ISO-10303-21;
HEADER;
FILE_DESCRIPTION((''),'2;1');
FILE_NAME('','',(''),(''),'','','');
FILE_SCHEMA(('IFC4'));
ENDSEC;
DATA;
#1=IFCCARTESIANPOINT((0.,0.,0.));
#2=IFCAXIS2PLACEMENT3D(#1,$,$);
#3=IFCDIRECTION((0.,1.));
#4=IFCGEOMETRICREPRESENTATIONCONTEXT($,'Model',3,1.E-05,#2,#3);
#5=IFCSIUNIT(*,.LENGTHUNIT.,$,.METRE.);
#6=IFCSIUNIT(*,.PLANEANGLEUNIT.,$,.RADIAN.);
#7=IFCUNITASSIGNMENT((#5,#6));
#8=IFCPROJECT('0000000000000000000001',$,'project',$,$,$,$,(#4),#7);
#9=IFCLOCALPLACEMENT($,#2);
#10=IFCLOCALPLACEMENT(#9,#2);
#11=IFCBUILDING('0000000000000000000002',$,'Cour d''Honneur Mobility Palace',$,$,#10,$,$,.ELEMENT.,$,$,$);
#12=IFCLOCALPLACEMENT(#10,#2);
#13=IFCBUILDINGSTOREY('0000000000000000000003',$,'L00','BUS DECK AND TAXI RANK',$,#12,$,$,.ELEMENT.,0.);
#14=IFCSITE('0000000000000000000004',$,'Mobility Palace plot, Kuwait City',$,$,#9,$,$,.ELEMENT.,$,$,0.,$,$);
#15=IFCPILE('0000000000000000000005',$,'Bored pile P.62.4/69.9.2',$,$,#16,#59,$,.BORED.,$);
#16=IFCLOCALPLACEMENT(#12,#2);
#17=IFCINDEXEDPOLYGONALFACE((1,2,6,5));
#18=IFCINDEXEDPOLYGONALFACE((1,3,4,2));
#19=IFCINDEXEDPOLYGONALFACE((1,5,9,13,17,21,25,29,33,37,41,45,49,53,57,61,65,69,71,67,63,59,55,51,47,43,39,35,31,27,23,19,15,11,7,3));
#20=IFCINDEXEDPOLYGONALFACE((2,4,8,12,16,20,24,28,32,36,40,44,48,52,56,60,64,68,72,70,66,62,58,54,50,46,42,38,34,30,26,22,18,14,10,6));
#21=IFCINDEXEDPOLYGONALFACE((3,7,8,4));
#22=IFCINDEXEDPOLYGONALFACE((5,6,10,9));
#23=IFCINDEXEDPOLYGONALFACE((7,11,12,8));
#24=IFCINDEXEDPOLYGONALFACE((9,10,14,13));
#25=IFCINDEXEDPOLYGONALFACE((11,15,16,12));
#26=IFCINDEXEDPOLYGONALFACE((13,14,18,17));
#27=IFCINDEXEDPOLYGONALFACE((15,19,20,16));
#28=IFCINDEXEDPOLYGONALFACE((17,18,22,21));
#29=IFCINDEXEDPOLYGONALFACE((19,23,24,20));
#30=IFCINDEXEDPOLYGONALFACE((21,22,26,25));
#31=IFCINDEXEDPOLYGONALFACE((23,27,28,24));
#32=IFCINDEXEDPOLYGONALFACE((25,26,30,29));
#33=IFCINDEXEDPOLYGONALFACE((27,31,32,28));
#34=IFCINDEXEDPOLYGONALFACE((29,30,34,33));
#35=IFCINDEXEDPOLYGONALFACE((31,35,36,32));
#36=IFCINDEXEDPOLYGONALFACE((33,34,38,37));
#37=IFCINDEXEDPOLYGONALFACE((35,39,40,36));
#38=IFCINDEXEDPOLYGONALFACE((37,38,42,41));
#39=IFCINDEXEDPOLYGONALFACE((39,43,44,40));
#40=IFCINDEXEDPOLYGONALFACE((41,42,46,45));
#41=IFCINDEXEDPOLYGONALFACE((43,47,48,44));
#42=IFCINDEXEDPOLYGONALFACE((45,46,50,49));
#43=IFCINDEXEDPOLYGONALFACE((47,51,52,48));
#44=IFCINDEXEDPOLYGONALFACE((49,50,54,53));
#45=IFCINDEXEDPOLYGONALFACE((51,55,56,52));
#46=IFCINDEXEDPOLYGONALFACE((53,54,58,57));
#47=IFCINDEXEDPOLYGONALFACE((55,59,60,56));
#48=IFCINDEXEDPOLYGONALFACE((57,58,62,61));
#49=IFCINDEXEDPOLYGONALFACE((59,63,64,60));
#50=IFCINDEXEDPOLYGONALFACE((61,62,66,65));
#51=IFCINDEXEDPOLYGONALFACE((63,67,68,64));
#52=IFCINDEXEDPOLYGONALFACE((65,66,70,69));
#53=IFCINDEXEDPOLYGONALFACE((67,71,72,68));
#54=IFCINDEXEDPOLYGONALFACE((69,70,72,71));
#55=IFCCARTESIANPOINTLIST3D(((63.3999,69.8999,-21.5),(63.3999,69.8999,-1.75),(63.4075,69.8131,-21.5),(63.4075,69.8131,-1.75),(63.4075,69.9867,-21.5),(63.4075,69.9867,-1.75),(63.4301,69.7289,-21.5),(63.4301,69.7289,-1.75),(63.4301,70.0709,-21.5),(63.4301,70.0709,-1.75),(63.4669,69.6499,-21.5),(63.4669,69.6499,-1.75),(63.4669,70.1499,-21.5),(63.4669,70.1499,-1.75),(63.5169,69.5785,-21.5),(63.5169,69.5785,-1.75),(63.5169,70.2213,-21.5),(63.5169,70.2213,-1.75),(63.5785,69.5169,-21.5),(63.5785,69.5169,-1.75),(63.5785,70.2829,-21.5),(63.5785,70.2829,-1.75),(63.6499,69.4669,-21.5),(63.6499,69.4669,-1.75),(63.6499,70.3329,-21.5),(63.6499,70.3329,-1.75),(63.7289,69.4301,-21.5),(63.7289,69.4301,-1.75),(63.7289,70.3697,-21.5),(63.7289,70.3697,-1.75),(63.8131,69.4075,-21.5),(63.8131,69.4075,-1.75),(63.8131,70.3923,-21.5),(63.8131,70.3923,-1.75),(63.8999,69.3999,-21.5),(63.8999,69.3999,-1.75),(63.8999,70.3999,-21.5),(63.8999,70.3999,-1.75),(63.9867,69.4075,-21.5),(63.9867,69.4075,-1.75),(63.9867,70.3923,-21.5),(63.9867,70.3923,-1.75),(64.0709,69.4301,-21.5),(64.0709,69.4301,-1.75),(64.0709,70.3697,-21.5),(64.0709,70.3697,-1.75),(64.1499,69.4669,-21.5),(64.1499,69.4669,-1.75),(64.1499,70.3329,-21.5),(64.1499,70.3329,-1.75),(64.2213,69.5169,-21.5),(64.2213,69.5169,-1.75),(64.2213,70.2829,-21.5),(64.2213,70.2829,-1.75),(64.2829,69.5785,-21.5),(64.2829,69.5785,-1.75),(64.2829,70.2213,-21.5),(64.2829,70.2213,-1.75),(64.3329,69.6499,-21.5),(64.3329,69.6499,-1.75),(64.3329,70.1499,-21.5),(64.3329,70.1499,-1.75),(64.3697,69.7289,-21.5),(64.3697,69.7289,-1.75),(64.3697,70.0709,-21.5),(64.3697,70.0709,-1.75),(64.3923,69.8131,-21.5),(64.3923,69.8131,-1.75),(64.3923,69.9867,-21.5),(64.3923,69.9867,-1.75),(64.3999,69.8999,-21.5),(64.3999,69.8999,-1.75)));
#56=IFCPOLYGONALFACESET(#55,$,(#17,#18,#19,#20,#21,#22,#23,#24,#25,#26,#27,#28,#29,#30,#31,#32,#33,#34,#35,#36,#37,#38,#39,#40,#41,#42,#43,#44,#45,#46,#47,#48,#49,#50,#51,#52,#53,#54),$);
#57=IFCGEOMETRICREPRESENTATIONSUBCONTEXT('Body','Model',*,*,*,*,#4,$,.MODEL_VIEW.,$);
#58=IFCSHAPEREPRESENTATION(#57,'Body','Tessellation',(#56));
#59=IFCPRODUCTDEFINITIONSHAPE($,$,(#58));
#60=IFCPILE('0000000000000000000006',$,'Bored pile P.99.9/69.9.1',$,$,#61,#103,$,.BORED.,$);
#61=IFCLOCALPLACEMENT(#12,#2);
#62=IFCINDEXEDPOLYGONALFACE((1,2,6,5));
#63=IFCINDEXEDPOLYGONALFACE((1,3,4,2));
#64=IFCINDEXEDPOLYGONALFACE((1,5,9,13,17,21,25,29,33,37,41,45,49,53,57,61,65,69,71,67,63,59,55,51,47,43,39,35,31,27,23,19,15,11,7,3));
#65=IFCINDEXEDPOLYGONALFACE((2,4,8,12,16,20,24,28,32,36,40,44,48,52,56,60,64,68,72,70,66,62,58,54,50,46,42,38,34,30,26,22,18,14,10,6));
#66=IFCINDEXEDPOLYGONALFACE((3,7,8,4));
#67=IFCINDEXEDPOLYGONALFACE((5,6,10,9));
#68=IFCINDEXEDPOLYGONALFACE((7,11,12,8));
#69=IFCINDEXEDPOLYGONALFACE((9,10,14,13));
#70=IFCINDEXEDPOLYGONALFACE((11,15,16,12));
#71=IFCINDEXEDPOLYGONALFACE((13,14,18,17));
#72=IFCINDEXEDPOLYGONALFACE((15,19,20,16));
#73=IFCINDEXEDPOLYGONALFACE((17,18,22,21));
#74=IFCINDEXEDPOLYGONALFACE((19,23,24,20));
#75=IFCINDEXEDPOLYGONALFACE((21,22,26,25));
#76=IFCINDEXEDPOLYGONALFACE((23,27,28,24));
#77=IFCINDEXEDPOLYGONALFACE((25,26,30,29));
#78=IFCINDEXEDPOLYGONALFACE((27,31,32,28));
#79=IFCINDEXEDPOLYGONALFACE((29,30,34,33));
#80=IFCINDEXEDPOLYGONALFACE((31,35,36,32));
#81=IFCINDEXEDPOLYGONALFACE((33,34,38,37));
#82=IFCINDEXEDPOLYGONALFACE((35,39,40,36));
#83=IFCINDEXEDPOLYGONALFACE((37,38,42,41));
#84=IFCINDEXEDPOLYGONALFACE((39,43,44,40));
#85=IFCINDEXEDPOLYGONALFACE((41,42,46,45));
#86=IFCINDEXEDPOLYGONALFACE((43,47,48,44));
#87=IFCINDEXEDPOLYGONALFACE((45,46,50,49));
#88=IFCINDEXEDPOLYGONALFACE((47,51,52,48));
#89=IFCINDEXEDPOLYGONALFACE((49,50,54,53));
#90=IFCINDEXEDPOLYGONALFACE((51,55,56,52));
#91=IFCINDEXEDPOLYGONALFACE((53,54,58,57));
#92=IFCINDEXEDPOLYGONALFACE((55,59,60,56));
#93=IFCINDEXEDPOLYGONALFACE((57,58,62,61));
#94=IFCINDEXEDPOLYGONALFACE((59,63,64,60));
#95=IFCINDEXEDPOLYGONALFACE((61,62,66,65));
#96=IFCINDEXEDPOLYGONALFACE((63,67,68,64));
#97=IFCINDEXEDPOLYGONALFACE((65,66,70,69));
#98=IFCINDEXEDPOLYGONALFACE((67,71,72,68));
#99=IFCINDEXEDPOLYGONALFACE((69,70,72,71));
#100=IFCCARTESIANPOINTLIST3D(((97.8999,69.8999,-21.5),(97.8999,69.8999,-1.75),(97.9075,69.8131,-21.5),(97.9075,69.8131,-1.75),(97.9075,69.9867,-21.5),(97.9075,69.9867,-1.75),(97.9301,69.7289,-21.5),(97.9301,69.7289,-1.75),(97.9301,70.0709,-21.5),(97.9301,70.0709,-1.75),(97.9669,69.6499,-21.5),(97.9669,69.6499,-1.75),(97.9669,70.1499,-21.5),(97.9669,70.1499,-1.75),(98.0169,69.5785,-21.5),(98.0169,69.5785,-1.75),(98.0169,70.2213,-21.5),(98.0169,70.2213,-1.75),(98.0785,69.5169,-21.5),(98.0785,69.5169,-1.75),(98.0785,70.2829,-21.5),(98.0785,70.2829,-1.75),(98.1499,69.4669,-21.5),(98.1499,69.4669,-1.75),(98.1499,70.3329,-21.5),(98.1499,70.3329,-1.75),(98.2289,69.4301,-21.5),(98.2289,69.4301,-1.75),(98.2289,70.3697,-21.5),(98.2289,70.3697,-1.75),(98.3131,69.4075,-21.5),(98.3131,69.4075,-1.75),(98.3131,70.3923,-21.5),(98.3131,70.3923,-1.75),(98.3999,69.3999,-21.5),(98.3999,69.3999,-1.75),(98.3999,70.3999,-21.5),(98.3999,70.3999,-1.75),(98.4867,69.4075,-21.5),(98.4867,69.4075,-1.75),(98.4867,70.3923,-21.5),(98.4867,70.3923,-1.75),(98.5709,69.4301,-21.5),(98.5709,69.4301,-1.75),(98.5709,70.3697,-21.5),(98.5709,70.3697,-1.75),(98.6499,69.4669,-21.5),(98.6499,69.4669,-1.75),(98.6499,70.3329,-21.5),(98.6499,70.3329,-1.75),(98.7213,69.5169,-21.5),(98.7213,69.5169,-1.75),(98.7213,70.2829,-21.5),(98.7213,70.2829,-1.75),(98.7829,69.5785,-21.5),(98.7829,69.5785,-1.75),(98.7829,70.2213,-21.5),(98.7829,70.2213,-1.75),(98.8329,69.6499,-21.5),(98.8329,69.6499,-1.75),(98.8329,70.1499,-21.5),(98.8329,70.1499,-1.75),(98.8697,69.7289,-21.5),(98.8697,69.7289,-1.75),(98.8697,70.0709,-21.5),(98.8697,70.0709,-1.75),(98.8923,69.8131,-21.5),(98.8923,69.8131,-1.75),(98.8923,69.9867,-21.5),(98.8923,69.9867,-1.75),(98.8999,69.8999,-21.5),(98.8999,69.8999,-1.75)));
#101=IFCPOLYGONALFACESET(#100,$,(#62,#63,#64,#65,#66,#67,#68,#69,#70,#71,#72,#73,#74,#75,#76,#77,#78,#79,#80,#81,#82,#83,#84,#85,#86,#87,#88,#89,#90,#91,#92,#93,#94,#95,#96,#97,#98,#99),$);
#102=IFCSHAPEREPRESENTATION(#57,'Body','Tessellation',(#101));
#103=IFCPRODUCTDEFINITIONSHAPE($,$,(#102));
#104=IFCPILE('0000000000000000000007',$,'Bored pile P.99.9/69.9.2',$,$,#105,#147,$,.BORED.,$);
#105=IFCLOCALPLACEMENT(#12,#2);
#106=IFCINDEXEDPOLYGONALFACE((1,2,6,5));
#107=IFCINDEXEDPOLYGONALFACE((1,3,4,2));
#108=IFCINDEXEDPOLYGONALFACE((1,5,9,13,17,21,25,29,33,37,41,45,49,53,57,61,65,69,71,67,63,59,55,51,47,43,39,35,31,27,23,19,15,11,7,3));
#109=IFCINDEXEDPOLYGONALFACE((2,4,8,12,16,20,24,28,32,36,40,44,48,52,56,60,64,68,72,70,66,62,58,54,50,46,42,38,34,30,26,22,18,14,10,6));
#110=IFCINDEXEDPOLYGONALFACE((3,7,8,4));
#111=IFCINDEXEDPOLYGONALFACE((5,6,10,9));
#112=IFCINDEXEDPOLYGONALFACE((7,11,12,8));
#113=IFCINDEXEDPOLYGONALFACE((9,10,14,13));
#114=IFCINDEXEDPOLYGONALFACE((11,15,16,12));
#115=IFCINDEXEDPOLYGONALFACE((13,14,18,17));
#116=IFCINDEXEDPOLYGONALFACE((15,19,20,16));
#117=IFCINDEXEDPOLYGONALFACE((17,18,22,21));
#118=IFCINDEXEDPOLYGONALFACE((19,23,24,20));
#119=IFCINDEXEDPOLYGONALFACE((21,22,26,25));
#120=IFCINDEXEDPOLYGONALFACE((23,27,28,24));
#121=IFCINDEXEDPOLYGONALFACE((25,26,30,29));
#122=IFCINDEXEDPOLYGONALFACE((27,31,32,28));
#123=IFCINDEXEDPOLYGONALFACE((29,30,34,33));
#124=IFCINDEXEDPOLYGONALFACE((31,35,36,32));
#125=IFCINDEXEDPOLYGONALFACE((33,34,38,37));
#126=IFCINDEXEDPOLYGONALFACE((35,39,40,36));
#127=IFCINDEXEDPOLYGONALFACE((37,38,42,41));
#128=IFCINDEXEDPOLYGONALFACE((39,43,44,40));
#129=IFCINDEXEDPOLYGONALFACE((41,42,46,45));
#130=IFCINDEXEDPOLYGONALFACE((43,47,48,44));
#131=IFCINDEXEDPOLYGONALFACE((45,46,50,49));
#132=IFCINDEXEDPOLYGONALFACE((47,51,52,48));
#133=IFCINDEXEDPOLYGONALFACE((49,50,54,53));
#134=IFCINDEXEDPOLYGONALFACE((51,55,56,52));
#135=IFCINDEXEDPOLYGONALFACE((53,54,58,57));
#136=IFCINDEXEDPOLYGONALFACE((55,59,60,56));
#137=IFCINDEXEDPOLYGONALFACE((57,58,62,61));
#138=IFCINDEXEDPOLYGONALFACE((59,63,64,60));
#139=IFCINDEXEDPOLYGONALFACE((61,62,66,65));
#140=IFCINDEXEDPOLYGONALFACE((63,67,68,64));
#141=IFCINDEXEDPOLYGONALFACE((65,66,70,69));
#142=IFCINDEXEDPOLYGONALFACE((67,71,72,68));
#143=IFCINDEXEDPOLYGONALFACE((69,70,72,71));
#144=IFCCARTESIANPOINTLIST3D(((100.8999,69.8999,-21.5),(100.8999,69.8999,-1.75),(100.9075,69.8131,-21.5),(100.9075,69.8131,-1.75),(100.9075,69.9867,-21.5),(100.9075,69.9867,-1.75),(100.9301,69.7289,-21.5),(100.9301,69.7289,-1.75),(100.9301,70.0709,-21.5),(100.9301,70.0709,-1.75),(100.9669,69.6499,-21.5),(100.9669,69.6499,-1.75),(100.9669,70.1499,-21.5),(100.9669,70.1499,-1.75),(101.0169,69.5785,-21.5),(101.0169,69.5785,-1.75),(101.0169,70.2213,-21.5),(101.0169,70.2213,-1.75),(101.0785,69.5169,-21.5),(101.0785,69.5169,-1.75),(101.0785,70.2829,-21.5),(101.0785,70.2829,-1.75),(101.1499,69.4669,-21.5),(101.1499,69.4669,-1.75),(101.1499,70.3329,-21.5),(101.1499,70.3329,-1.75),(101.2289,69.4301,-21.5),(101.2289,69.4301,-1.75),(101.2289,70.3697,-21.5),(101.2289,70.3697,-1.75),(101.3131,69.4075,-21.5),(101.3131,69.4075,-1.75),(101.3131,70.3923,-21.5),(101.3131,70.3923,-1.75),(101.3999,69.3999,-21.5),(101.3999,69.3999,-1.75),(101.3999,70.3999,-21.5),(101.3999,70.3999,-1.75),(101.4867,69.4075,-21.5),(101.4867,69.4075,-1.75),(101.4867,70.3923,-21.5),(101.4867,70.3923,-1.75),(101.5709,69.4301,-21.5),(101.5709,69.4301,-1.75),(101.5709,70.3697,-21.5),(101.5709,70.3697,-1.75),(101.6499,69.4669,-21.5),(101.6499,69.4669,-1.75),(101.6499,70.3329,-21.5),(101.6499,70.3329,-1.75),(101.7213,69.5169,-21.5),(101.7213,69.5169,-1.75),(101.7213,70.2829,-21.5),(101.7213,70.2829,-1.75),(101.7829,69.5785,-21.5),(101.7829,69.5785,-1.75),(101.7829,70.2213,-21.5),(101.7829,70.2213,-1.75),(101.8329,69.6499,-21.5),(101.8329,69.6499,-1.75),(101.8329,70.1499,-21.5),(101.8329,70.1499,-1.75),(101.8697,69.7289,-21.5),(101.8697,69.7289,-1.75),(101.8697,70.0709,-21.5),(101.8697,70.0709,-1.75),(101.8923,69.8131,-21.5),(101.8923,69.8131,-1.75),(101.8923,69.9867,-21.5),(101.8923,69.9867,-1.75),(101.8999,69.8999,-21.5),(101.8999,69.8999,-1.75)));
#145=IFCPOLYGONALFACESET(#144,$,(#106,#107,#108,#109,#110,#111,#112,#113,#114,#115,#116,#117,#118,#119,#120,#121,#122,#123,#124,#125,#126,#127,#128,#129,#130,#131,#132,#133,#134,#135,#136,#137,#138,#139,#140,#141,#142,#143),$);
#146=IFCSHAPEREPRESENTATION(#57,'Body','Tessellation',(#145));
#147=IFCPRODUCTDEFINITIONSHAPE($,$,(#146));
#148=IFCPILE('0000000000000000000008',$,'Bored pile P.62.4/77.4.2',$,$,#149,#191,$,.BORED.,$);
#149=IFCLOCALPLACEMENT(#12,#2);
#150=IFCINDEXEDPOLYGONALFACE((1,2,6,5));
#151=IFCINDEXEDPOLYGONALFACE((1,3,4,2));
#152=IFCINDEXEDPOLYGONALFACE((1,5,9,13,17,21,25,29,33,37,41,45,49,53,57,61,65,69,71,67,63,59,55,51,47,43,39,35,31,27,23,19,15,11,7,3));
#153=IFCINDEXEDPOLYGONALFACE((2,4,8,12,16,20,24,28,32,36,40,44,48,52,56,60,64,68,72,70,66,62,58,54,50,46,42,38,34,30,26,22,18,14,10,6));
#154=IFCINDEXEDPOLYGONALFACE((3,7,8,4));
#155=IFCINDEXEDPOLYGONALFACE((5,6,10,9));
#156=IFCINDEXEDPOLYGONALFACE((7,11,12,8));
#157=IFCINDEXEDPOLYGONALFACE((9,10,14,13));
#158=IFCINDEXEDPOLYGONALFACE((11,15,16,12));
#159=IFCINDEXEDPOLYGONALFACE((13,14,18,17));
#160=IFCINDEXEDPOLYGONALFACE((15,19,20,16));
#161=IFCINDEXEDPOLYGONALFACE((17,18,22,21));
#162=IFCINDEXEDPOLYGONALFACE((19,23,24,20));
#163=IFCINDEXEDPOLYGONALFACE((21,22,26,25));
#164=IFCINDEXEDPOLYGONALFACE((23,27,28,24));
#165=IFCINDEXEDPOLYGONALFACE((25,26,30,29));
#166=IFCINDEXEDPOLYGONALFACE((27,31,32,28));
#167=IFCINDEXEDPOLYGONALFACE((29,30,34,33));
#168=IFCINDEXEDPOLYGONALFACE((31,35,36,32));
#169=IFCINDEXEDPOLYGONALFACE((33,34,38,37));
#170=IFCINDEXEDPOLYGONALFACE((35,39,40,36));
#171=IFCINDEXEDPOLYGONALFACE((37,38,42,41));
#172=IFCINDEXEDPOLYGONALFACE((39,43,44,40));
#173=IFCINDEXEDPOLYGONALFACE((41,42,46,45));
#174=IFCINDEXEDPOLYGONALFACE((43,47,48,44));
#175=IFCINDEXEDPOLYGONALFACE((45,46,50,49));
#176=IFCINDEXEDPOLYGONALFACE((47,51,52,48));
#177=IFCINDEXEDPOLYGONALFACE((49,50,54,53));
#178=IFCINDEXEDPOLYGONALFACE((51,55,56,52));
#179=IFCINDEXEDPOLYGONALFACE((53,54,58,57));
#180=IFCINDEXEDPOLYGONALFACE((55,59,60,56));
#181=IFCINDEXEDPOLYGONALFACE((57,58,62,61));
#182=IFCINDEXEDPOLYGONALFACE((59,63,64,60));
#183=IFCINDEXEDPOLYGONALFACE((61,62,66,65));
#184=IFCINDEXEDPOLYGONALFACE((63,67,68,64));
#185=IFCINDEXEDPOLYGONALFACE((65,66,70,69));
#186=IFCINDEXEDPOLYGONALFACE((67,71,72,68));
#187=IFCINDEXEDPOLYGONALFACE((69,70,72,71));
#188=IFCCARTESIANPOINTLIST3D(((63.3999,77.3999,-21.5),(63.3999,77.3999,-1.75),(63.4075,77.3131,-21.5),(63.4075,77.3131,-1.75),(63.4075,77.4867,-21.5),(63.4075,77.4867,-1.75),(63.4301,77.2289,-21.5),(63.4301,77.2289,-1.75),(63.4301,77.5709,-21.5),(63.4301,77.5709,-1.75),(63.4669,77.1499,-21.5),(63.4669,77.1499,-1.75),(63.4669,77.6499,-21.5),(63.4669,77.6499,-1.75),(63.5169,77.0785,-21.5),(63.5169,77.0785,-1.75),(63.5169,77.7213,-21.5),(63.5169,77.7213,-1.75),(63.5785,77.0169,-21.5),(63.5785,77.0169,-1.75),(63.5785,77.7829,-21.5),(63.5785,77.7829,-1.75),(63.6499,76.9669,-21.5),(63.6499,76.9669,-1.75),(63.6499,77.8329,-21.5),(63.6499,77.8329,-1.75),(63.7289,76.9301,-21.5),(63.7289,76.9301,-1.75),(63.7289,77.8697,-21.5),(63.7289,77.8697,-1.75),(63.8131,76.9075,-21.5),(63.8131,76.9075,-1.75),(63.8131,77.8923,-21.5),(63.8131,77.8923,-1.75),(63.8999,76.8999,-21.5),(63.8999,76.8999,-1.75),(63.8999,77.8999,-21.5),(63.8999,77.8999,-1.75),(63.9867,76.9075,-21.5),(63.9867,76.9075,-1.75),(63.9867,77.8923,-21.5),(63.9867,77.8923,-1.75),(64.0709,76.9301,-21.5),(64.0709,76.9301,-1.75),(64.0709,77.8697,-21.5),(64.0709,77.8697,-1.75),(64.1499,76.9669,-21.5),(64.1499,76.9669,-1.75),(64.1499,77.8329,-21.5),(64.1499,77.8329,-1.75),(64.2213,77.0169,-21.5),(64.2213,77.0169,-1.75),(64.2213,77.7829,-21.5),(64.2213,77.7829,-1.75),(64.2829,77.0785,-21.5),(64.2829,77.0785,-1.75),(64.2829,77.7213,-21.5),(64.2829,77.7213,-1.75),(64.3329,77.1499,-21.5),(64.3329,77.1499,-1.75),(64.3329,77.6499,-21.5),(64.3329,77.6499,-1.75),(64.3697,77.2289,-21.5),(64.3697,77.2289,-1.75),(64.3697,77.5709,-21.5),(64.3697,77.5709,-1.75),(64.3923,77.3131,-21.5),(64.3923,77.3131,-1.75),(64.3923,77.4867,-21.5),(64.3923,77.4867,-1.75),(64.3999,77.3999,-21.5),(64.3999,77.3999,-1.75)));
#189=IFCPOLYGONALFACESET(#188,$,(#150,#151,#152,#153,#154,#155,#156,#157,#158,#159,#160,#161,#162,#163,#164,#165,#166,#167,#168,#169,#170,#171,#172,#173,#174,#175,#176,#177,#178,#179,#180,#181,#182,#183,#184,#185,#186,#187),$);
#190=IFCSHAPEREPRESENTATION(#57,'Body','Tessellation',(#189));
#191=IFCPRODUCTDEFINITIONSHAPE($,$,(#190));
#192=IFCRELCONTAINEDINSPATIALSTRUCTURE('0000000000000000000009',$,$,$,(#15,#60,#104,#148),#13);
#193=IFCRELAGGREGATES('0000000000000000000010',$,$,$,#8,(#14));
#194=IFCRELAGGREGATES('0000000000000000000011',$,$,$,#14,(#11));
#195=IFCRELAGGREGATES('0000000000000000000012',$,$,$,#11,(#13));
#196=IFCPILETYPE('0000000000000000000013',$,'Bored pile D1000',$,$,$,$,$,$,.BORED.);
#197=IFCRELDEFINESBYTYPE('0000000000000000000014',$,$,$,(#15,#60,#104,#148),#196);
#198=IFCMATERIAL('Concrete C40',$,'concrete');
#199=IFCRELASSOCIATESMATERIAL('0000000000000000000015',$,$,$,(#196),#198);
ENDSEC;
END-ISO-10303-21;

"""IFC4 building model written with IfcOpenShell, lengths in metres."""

from ifc_helpers import new_model, si_unit, direction, frame, origin, origin_2d, place, context, subcontext, project, spatial, circle, extrude, material, material_profile, profile_set, type_object, element, save


model = new_model("IFC4")

# Units and contexts
model_context = context("Model", 3, precision=1e-05, world=origin(), true_north=direction((0.0, 1.0)))
body_context = subcontext(model_context, "Body", "Model", "MODEL_VIEW")
ifc_project = project(units=[si_unit("LENGTHUNIT", "METRE"), si_unit("PLANEANGLEUNIT", "RADIAN")], contexts=[model_context])

# Site, building, storey
site_placement = place(None, origin())
site = spatial("IfcSite", under=ifc_project, at=site_placement, Name="Mobility Palace plot, Kuwait City", CompositionType="ELEMENT", RefElevation=0.0)
building_placement = place(site_placement, origin())
building = spatial("IfcBuilding", under=site, at=building_placement, Name="Cour d'Honneur Mobility Palace", CompositionType="ELEMENT")
storey_placement = place(building_placement, origin())
storey = spatial("IfcBuildingStorey", under=building, at=storey_placement, Name="L00", Description="BUS DECK AND TAXI RANK", CompositionType="ELEMENT", Elevation=0.0)

# Piles
ifc_material_1 = material(Name="Concrete C40", Category="concrete")
ifc_material_profile_1 = material_profile(ifc_material_1, circle(Radius=0.5, at=origin_2d()), Name="Bored pile D1000")
ifc_profile_set_1 = profile_set([ifc_material_profile_1], Name="Concrete C40")
pile_type_1 = type_object("IfcPileType", Name="Bored pile D1000", PredefinedType="BORED", material=ifc_profile_set_1)
for number, where, z_axis, x_axis, name in (
    (1, (63.8999, 69.8999, -1.75), (0.0, 0.0, -1.0), (1.0, 0.0, 0.0), "Bored pile P.62.4/69.9.2"),
    (2, (98.3999, 69.8999, -1.75), (0.0, 0.0, -1.0), (1.0, 0.0, 0.0), "Bored pile P.99.9/69.9.1"),
    (3, (101.3999, 69.8999, -1.75), (0.0, 0.0, -1.0), (1.0, 0.0, 0.0), "Bored pile P.99.9/69.9.2"),
    (4, (63.8999, 77.3999, -1.75), (0.0, 0.0, -1.0), (1.0, 0.0, 0.0), "Bored pile P.62.4/77.4.2"),
):
    element("IfcPile", number, at=place(storey_placement, frame(where, z_axis=z_axis, x_axis=x_axis)), inside=storey, type_object=pile_type_1, Name=name, PredefinedType="BORED", context=body_context, shape_type="SweptSolid", body=[
        extrude(circle(Radius=0.5, at=origin_2d()), origin(), (0.0, 0.0, 1.0), 19.75),
    ])

save(model, "model.ifc")
